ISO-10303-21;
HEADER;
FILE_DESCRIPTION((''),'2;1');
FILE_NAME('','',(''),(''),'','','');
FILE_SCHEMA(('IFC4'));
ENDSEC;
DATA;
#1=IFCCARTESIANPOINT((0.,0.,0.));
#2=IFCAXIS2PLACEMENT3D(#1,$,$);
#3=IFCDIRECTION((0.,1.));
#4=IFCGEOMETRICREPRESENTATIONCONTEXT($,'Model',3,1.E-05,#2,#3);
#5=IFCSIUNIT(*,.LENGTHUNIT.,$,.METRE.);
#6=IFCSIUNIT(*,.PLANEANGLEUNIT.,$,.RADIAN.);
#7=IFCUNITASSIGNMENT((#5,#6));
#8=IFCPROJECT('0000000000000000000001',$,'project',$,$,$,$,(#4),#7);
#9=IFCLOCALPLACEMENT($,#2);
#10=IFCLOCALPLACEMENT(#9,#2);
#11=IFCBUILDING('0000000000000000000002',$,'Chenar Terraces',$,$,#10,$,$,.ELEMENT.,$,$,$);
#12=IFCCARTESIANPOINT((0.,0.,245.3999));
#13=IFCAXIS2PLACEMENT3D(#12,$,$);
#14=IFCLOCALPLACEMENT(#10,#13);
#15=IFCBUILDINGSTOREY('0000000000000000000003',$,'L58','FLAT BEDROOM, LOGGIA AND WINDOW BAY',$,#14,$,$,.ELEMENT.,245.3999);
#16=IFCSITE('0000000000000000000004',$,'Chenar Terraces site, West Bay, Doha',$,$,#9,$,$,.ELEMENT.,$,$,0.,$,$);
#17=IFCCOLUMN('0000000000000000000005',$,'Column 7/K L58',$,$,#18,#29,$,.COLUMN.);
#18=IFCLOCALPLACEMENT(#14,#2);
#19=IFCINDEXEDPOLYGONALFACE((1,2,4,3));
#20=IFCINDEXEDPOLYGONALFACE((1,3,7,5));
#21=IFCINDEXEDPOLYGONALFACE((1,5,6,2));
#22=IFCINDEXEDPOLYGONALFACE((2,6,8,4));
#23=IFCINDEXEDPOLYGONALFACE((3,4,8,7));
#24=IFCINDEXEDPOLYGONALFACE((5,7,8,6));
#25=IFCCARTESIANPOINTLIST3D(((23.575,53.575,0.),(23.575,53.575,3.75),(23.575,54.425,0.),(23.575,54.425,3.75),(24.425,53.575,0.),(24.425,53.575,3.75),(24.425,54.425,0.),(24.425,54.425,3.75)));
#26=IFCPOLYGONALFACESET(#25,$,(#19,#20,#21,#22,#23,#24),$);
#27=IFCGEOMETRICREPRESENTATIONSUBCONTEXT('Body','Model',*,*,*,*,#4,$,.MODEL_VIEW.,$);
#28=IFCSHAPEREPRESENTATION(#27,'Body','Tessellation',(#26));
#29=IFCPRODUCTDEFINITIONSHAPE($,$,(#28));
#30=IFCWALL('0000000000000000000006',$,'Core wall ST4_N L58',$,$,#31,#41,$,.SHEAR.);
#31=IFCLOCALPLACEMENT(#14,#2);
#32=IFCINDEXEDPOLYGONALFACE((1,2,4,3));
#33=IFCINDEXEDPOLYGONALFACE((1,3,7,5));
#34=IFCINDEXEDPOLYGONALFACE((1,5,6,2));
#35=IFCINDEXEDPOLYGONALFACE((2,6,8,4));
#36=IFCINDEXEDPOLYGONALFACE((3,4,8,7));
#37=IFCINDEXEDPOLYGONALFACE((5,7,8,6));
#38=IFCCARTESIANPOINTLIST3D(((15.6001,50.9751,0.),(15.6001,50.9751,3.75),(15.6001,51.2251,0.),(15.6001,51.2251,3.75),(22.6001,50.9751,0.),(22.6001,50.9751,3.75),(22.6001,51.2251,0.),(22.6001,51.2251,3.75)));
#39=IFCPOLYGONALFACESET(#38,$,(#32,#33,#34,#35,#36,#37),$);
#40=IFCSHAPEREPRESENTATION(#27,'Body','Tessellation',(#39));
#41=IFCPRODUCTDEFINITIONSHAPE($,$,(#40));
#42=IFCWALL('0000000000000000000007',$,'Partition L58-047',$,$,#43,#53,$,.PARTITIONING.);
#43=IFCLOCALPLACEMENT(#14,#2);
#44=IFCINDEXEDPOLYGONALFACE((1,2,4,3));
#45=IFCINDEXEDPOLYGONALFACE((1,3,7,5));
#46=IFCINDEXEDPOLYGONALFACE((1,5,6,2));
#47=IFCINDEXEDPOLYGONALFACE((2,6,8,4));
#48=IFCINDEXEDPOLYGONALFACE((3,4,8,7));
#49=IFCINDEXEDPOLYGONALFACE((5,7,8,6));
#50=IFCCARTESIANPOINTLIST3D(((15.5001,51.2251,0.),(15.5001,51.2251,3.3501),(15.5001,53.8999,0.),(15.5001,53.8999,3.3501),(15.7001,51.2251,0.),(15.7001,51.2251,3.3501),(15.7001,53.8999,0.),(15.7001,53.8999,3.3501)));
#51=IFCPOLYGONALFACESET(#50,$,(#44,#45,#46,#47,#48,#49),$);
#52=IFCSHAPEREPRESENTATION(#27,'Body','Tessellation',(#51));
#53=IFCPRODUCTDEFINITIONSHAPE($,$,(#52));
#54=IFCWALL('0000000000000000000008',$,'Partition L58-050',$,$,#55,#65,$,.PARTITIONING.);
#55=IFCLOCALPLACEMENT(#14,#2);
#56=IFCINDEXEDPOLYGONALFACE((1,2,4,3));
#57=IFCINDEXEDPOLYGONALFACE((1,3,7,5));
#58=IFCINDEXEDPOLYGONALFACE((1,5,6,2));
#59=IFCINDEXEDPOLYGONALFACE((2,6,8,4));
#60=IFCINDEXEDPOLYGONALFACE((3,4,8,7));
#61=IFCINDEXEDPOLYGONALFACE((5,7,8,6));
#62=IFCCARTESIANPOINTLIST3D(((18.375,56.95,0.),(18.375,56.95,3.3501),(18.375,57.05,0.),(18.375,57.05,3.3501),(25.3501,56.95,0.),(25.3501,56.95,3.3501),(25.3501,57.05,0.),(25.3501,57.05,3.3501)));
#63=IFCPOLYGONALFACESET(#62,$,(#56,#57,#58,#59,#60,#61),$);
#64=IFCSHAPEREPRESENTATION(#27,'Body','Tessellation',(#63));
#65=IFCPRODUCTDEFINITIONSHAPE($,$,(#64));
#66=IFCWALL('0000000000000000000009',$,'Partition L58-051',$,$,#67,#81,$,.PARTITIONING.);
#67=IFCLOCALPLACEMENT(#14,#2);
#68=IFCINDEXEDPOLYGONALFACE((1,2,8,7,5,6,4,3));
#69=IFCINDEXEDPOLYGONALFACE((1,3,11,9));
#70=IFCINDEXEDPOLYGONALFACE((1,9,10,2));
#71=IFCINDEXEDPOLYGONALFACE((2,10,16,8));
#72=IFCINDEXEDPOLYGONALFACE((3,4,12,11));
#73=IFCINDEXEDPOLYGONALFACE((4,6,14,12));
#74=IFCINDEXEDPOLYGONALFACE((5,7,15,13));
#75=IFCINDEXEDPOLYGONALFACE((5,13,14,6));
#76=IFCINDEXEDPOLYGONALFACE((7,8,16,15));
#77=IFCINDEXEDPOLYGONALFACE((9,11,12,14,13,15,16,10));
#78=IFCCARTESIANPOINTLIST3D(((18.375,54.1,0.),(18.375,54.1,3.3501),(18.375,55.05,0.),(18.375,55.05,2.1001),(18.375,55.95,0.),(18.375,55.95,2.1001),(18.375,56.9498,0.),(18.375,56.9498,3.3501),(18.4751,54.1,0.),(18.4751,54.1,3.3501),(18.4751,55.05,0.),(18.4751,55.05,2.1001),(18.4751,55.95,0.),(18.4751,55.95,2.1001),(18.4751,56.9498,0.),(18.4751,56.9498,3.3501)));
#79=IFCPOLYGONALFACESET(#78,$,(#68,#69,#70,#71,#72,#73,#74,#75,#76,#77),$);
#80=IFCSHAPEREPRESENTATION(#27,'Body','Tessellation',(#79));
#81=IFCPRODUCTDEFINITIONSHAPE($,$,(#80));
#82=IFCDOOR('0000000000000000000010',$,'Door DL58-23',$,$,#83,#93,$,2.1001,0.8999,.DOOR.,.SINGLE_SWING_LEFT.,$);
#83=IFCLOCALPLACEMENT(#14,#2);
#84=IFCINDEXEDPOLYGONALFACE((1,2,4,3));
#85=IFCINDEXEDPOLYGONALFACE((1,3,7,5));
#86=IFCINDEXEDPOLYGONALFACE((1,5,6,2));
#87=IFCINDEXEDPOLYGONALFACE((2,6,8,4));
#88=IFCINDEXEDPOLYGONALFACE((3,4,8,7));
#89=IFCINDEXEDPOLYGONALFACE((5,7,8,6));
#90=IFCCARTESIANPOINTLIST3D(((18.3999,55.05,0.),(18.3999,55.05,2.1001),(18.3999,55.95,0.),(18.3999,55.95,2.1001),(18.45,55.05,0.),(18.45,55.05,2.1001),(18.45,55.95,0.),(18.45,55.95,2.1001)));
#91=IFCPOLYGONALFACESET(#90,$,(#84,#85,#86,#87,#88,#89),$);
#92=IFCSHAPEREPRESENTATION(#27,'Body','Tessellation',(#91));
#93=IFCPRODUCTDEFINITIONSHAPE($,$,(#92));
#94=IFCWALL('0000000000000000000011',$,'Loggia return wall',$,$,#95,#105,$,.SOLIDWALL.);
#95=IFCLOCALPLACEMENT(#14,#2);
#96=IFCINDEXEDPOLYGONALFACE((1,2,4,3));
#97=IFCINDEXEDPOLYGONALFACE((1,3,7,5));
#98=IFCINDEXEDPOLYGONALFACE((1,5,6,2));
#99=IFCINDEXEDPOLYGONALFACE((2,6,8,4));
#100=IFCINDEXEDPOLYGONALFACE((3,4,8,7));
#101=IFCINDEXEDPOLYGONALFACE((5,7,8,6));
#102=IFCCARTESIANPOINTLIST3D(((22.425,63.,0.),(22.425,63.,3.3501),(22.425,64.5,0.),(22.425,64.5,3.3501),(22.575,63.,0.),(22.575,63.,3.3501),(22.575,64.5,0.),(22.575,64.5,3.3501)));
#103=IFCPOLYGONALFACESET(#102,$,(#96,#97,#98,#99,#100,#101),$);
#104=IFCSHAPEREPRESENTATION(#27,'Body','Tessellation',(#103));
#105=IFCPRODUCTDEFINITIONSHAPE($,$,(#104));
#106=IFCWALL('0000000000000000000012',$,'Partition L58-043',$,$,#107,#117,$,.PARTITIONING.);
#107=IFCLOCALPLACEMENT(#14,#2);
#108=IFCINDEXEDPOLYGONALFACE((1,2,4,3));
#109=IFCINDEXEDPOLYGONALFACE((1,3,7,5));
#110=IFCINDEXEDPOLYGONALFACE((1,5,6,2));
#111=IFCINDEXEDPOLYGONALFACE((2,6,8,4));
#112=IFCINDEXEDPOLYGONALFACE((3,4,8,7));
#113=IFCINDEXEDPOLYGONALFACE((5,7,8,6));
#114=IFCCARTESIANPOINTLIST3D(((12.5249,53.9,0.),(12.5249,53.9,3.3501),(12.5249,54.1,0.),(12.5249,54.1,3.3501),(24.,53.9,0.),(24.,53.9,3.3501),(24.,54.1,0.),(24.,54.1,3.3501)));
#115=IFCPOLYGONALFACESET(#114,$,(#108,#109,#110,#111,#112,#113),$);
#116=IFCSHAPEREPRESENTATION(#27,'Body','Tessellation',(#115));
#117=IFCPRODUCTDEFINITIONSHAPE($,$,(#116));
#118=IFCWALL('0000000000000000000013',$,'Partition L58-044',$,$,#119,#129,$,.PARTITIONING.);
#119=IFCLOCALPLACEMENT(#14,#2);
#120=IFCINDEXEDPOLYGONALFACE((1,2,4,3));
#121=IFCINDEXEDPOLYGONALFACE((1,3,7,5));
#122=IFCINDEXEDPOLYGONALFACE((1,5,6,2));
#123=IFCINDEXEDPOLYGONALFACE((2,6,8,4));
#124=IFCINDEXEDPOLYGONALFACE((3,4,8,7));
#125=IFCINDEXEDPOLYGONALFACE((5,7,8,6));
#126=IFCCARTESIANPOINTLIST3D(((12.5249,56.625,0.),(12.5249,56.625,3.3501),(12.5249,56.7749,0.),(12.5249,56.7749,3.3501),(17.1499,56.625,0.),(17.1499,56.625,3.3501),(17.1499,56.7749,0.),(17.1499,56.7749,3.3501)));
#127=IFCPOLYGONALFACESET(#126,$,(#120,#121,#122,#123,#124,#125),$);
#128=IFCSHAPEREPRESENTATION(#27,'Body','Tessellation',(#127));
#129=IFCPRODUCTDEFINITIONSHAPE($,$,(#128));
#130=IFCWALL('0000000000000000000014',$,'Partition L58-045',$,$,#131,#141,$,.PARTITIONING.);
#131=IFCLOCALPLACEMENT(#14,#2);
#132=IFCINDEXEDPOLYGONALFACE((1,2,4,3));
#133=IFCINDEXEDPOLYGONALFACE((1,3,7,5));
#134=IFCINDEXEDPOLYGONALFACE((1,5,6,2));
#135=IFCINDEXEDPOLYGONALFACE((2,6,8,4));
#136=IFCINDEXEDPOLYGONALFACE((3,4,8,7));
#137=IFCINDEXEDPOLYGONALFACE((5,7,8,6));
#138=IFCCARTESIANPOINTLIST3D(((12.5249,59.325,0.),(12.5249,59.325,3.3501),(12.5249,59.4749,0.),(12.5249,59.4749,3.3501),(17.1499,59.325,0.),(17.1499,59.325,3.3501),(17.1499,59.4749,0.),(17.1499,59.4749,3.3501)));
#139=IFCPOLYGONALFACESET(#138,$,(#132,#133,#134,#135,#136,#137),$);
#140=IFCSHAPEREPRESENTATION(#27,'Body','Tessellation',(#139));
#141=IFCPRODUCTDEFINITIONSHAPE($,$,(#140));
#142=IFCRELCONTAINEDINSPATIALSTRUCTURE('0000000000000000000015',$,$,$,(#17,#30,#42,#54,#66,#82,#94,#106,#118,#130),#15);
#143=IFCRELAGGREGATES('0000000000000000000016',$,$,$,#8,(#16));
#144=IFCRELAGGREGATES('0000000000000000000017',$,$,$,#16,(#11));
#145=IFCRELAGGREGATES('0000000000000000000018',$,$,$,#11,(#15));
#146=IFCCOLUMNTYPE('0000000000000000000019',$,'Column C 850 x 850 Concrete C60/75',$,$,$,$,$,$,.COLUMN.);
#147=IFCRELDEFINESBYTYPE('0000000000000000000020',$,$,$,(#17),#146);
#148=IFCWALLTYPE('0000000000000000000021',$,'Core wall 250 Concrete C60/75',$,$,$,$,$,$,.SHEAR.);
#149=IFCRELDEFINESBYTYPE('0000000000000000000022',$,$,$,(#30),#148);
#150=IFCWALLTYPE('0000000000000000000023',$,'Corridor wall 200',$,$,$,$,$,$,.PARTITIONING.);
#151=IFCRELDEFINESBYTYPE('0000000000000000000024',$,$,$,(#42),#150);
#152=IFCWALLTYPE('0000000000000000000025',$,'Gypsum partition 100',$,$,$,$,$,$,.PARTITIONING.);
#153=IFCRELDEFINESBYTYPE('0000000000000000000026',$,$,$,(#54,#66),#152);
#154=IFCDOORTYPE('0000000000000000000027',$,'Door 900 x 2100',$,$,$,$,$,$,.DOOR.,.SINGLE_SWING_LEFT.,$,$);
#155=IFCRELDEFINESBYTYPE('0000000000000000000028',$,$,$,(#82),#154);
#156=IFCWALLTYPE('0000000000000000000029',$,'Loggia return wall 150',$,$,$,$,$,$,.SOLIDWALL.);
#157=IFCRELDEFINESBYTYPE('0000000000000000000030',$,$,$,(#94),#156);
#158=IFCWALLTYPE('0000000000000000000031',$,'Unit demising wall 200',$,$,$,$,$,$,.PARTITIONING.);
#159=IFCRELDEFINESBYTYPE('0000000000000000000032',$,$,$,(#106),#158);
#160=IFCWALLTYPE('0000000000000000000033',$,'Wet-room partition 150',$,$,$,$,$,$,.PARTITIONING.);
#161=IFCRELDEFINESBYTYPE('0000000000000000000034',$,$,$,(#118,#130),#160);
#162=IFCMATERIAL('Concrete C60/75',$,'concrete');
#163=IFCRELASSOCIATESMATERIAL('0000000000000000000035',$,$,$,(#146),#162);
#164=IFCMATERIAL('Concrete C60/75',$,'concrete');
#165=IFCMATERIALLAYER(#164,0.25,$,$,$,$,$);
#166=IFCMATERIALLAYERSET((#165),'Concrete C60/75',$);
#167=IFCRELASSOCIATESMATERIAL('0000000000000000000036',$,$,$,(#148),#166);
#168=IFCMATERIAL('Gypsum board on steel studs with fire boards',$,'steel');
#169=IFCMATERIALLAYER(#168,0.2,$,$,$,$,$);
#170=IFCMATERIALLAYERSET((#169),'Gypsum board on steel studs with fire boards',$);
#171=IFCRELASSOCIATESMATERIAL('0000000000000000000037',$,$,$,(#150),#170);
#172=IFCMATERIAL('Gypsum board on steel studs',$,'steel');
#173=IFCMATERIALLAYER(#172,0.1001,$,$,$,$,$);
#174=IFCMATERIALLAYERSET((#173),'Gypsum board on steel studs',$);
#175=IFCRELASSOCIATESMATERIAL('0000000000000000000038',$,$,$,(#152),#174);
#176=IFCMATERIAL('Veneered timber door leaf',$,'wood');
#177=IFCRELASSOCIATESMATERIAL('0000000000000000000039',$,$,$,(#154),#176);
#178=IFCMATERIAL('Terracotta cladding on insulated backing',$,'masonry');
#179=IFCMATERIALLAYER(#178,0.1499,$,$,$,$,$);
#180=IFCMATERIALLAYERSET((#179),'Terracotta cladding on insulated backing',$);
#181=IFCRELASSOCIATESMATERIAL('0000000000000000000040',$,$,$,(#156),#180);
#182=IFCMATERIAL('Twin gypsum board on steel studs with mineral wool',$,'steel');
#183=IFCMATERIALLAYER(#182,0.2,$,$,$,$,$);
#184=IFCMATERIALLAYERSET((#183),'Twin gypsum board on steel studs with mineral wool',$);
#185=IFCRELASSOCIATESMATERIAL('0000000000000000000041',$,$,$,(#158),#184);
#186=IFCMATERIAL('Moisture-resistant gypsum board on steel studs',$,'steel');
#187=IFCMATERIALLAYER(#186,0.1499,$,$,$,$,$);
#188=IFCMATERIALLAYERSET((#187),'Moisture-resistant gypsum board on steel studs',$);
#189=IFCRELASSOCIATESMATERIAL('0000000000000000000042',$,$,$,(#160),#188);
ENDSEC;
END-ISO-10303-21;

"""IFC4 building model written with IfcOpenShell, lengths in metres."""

from ifc_helpers import new_model, si_unit, direction, frame, frame_2d, origin, origin_2d, place, context, subcontext, project, spatial, rectangle, extrude, material, layer, layer_set, material_profile, profile_set, type_object, element, fill, save


model = new_model("IFC4")

# Units and contexts
model_context = context("Model", 3, precision=1e-05, world=origin(), true_north=direction((0.0, 1.0)))
body_context = subcontext(model_context, "Body", "Model", "MODEL_VIEW")
ifc_project = project(units=[si_unit("LENGTHUNIT", "METRE"), si_unit("PLANEANGLEUNIT", "RADIAN")], contexts=[model_context])

# Site, building, storey
site_placement = place(None, origin())
site = spatial("IfcSite", under=ifc_project, at=site_placement, Name="Chenar Terraces site, West Bay, Doha", CompositionType="ELEMENT", RefElevation=0.0)
building_placement = place(site_placement, origin())
building = spatial("IfcBuilding", under=site, at=building_placement, Name="Chenar Terraces", CompositionType="ELEMENT")
storey_placement = place(building_placement, frame((0.0, 0.0, 245.3999)))
storey = spatial("IfcBuildingStorey", under=building, at=storey_placement, Name="L58", Description="FLAT BEDROOM, LOGGIA AND WINDOW BAY", CompositionType="ELEMENT", Elevation=245.3999)

# Column
ifc_material_1 = material(Name="Concrete C60/75", Category="concrete")
ifc_material_profile_1 = material_profile(ifc_material_1, rectangle(XDim=0.8501, YDim=0.8501, at=origin_2d()), Name="C 850 x 850")
ifc_profile_set_1 = profile_set([ifc_material_profile_1], Name="Concrete C60/75")
column_type = type_object("IfcColumnType", Name="Column C 850 x 850 Concrete C60/75", PredefinedType="COLUMN", material=ifc_profile_set_1)
column_placement = place(storey_placement, frame((24.0, 54.0, 0.0), z_axis=(0.0, 0.0, 1.0), x_axis=(1.0, 0.0, 0.0)))
element("IfcColumn", 1, at=column_placement, inside=storey, type_object=column_type, Name="Column 7/K L58", PredefinedType="COLUMN", context=body_context, shape_type="SweptSolid", body=[
    extrude(rectangle(XDim=0.8501, YDim=0.8501, at=origin_2d()), origin(), (0.0, 0.0, 1.0), 3.75),
])

# Walls
ifc_material_2 = material(Name="Concrete C60/75", Category="concrete")
ifc_layer_1 = layer(ifc_material_2, 0.25)
ifc_layer_set_1 = layer_set([ifc_layer_1], Name="Concrete C60/75")
wall_type_1 = type_object("IfcWallType", Name="Core wall 250 Concrete C60/75", PredefinedType="SHEAR", material=ifc_layer_set_1)
wall_1_placement = place(storey_placement, frame((15.6001, 51.1001, 0.0), z_axis=(0.0, 0.0, 1.0), x_axis=(1.0, 0.0, 0.0)))
element("IfcWall", 2, at=wall_1_placement, inside=storey, type_object=wall_type_1, Name="Core wall ST4_N L58", PredefinedType="SHEAR", context=body_context, shape_type="SweptSolid", body=[
    extrude(rectangle(XDim=7.0, YDim=0.25, at=frame_2d((3.5, 0.0))), origin(), (0.0, 0.0, 1.0), 3.75),
])
ifc_material_3 = material(Name="Gypsum board on steel studs with fire boards", Category="steel")
ifc_layer_2 = layer(ifc_material_3, 0.2)
ifc_layer_set_2 = layer_set([ifc_layer_2], Name="Gypsum board on steel studs with fire boards")
wall_type_2 = type_object("IfcWallType", Name="Corridor wall 200", PredefinedType="PARTITIONING", material=ifc_layer_set_2)
wall_2_placement = place(storey_placement, frame((15.6001, 51.2251, 0.0), z_axis=(0.0, 0.0, 1.0), x_axis=(0.0, 1.0, 0.0)))
element("IfcWall", 3, at=wall_2_placement, inside=storey, type_object=wall_type_2, Name="Partition L58-047", PredefinedType="PARTITIONING", context=body_context, shape_type="SweptSolid", body=[
    extrude(rectangle(XDim=2.6748, YDim=0.2, at=frame_2d((1.3374, 0.0))), origin(), (0.0, 0.0, 1.0), 3.3501),
])

# Wall
ifc_material_4 = material(Name="Gypsum board on steel studs", Category="steel")
ifc_layer_3 = layer(ifc_material_4, 0.1001)
ifc_layer_set_3 = layer_set([ifc_layer_3], Name="Gypsum board on steel studs")
wall_type_3 = type_object("IfcWallType", Name="Gypsum partition 100", PredefinedType="PARTITIONING", material=ifc_layer_set_3)
wall_3_placement = place(storey_placement, frame((18.375, 57.0, 0.0), z_axis=(0.0, 0.0, 1.0), x_axis=(1.0, 0.0, 0.0)))
element("IfcWall", 4, at=wall_3_placement, inside=storey, type_object=wall_type_3, Name="Partition L58-050", PredefinedType="PARTITIONING", context=body_context, shape_type="SweptSolid", body=[
    extrude(rectangle(XDim=6.9751, YDim=0.1001, at=frame_2d((3.4875, 0.0))), origin(), (0.0, 0.0, 1.0), 3.3501),
])

# Wall, opening, door
wall_4_placement = place(storey_placement, frame((18.425, 54.1001, 0.0), z_axis=(0.0, 0.0, 1.0), x_axis=(0.0, 1.0, 0.0)))
wall_4 = element("IfcWall", 5, at=wall_4_placement, inside=storey, type_object=wall_type_3, Name="Partition L58-051", PredefinedType="PARTITIONING", context=body_context, shape_type="SweptSolid", body=[
    extrude(rectangle(XDim=2.8499, YDim=0.1001, at=frame_2d((1.4248, 0.0))), origin(), (0.0, 0.0, 1.0), 3.3501),
])
opening_1_placement = place(wall_4_placement, frame((0.95, 0.0, 0.0)))
opening_1 = element("IfcOpeningElement", 6, at=opening_1_placement, cuts=wall_4, PredefinedType="OPENING", context=body_context, shape_type="SweptSolid", body=[
    extrude(rectangle(XDim=0.8999, YDim=2.1001, at=frame_2d((0.45, 1.05))), frame((0.0, 0.0601, 0.0), z_axis=(0.0, -1.0, 0.0), x_axis=(1.0, 0.0, 0.0)), (0.0, 0.0, 1.0), 0.1201),
])
ifc_material_5 = material(Name="Veneered timber door leaf", Category="wood")
door_type_1 = type_object("IfcDoorType", Name="Door 900 x 2100", OperationType="SINGLE_SWING_LEFT", PredefinedType="DOOR", material=ifc_material_5)
door_1_placement = place(opening_1_placement, frame((0.8999, 0.0, 0.0), z_axis=(0.0, 0.0, 1.0), x_axis=(-1.0, 0.0, 0.0)))
door_1 = element("IfcDoor", 7, at=door_1_placement, inside=storey, type_object=door_type_1, Name="Door DL58-23", OperationType="SINGLE_SWING_LEFT", OverallHeight=2.1001, OverallWidth=0.8999, PredefinedType="DOOR", context=body_context, shape_type="SweptSolid", body=[
    extrude(rectangle(XDim=0.8999, YDim=2.1001, at=frame_2d((0.45, 1.05))), frame((0.0, 0.0249, 0.0), z_axis=(0.0, -1.0, 0.0), x_axis=(1.0, 0.0, 0.0)), (0.0, 0.0, 1.0), 0.05),
])
fill(opening_1, door_1)

# Walls
ifc_material_6 = material(Name="Terracotta cladding on insulated backing", Category="masonry")
ifc_layer_4 = layer(ifc_material_6, 0.1499)
ifc_layer_set_4 = layer_set([ifc_layer_4], Name="Terracotta cladding on insulated backing")
wall_type_4 = type_object("IfcWallType", Name="Loggia return wall 150", PredefinedType="SOLIDWALL", material=ifc_layer_set_4)
wall_5_placement = place(storey_placement, frame((22.5, 64.5, 0.0), z_axis=(0.0, 0.0, 1.0), x_axis=(0.0, -1.0, 0.0)))
element("IfcWall", 8, at=wall_5_placement, inside=storey, type_object=wall_type_4, Name="Loggia return wall", PredefinedType="SOLIDWALL", context=body_context, shape_type="SweptSolid", body=[
    extrude(rectangle(XDim=1.5, YDim=0.1499, at=frame_2d((0.75, 0.0))), origin(), (0.0, 0.0, 1.0), 3.3501),
])
ifc_material_7 = material(Name="Twin gypsum board on steel studs with mineral wool", Category="steel")
ifc_layer_5 = layer(ifc_material_7, 0.2)
ifc_layer_set_5 = layer_set([ifc_layer_5], Name="Twin gypsum board on steel studs with mineral wool")
wall_type_5 = type_object("IfcWallType", Name="Unit demising wall 200", PredefinedType="PARTITIONING", material=ifc_layer_set_5)
wall_6_placement = place(storey_placement, frame((12.5249, 54.0, 0.0), z_axis=(0.0, 0.0, 1.0), x_axis=(1.0, 0.0, 0.0)))
element("IfcWall", 9, at=wall_6_placement, inside=storey, type_object=wall_type_5, Name="Partition L58-043", PredefinedType="PARTITIONING", context=body_context, shape_type="SweptSolid", body=[
    extrude(rectangle(XDim=11.4751, YDim=0.2, at=frame_2d((5.7375, 0.0))), origin(), (0.0, 0.0, 1.0), 3.3501),
])
ifc_material_8 = material(Name="Moisture-resistant gypsum board on steel studs", Category="steel")
ifc_layer_6 = layer(ifc_material_8, 0.1499)
ifc_layer_set_6 = layer_set([ifc_layer_6], Name="Moisture-resistant gypsum board on steel studs")
wall_type_6 = type_object("IfcWallType", Name="Wet-room partition 150", PredefinedType="PARTITIONING", material=ifc_layer_set_6)
for number, where, z_axis, x_axis, name in (
    (10, (12.5249, 56.7, 0.0), (0.0, 0.0, 1.0), (1.0, 0.0, 0.0), "Partition L58-044"),
    (11, (12.5249, 59.3999, 0.0), (0.0, 0.0, 1.0), (1.0, 0.0, 0.0), "Partition L58-045"),
):
    element("IfcWall", number, at=place(storey_placement, frame(where, z_axis=z_axis, x_axis=x_axis)), inside=storey, type_object=wall_type_6, Name=name, PredefinedType="PARTITIONING", context=body_context, shape_type="SweptSolid", body=[
        extrude(rectangle(XDim=4.625, YDim=0.1499, at=frame_2d((2.3125, 0.0))), origin(), (0.0, 0.0, 1.0), 3.3501),
    ])

save(model, "model.ifc")
